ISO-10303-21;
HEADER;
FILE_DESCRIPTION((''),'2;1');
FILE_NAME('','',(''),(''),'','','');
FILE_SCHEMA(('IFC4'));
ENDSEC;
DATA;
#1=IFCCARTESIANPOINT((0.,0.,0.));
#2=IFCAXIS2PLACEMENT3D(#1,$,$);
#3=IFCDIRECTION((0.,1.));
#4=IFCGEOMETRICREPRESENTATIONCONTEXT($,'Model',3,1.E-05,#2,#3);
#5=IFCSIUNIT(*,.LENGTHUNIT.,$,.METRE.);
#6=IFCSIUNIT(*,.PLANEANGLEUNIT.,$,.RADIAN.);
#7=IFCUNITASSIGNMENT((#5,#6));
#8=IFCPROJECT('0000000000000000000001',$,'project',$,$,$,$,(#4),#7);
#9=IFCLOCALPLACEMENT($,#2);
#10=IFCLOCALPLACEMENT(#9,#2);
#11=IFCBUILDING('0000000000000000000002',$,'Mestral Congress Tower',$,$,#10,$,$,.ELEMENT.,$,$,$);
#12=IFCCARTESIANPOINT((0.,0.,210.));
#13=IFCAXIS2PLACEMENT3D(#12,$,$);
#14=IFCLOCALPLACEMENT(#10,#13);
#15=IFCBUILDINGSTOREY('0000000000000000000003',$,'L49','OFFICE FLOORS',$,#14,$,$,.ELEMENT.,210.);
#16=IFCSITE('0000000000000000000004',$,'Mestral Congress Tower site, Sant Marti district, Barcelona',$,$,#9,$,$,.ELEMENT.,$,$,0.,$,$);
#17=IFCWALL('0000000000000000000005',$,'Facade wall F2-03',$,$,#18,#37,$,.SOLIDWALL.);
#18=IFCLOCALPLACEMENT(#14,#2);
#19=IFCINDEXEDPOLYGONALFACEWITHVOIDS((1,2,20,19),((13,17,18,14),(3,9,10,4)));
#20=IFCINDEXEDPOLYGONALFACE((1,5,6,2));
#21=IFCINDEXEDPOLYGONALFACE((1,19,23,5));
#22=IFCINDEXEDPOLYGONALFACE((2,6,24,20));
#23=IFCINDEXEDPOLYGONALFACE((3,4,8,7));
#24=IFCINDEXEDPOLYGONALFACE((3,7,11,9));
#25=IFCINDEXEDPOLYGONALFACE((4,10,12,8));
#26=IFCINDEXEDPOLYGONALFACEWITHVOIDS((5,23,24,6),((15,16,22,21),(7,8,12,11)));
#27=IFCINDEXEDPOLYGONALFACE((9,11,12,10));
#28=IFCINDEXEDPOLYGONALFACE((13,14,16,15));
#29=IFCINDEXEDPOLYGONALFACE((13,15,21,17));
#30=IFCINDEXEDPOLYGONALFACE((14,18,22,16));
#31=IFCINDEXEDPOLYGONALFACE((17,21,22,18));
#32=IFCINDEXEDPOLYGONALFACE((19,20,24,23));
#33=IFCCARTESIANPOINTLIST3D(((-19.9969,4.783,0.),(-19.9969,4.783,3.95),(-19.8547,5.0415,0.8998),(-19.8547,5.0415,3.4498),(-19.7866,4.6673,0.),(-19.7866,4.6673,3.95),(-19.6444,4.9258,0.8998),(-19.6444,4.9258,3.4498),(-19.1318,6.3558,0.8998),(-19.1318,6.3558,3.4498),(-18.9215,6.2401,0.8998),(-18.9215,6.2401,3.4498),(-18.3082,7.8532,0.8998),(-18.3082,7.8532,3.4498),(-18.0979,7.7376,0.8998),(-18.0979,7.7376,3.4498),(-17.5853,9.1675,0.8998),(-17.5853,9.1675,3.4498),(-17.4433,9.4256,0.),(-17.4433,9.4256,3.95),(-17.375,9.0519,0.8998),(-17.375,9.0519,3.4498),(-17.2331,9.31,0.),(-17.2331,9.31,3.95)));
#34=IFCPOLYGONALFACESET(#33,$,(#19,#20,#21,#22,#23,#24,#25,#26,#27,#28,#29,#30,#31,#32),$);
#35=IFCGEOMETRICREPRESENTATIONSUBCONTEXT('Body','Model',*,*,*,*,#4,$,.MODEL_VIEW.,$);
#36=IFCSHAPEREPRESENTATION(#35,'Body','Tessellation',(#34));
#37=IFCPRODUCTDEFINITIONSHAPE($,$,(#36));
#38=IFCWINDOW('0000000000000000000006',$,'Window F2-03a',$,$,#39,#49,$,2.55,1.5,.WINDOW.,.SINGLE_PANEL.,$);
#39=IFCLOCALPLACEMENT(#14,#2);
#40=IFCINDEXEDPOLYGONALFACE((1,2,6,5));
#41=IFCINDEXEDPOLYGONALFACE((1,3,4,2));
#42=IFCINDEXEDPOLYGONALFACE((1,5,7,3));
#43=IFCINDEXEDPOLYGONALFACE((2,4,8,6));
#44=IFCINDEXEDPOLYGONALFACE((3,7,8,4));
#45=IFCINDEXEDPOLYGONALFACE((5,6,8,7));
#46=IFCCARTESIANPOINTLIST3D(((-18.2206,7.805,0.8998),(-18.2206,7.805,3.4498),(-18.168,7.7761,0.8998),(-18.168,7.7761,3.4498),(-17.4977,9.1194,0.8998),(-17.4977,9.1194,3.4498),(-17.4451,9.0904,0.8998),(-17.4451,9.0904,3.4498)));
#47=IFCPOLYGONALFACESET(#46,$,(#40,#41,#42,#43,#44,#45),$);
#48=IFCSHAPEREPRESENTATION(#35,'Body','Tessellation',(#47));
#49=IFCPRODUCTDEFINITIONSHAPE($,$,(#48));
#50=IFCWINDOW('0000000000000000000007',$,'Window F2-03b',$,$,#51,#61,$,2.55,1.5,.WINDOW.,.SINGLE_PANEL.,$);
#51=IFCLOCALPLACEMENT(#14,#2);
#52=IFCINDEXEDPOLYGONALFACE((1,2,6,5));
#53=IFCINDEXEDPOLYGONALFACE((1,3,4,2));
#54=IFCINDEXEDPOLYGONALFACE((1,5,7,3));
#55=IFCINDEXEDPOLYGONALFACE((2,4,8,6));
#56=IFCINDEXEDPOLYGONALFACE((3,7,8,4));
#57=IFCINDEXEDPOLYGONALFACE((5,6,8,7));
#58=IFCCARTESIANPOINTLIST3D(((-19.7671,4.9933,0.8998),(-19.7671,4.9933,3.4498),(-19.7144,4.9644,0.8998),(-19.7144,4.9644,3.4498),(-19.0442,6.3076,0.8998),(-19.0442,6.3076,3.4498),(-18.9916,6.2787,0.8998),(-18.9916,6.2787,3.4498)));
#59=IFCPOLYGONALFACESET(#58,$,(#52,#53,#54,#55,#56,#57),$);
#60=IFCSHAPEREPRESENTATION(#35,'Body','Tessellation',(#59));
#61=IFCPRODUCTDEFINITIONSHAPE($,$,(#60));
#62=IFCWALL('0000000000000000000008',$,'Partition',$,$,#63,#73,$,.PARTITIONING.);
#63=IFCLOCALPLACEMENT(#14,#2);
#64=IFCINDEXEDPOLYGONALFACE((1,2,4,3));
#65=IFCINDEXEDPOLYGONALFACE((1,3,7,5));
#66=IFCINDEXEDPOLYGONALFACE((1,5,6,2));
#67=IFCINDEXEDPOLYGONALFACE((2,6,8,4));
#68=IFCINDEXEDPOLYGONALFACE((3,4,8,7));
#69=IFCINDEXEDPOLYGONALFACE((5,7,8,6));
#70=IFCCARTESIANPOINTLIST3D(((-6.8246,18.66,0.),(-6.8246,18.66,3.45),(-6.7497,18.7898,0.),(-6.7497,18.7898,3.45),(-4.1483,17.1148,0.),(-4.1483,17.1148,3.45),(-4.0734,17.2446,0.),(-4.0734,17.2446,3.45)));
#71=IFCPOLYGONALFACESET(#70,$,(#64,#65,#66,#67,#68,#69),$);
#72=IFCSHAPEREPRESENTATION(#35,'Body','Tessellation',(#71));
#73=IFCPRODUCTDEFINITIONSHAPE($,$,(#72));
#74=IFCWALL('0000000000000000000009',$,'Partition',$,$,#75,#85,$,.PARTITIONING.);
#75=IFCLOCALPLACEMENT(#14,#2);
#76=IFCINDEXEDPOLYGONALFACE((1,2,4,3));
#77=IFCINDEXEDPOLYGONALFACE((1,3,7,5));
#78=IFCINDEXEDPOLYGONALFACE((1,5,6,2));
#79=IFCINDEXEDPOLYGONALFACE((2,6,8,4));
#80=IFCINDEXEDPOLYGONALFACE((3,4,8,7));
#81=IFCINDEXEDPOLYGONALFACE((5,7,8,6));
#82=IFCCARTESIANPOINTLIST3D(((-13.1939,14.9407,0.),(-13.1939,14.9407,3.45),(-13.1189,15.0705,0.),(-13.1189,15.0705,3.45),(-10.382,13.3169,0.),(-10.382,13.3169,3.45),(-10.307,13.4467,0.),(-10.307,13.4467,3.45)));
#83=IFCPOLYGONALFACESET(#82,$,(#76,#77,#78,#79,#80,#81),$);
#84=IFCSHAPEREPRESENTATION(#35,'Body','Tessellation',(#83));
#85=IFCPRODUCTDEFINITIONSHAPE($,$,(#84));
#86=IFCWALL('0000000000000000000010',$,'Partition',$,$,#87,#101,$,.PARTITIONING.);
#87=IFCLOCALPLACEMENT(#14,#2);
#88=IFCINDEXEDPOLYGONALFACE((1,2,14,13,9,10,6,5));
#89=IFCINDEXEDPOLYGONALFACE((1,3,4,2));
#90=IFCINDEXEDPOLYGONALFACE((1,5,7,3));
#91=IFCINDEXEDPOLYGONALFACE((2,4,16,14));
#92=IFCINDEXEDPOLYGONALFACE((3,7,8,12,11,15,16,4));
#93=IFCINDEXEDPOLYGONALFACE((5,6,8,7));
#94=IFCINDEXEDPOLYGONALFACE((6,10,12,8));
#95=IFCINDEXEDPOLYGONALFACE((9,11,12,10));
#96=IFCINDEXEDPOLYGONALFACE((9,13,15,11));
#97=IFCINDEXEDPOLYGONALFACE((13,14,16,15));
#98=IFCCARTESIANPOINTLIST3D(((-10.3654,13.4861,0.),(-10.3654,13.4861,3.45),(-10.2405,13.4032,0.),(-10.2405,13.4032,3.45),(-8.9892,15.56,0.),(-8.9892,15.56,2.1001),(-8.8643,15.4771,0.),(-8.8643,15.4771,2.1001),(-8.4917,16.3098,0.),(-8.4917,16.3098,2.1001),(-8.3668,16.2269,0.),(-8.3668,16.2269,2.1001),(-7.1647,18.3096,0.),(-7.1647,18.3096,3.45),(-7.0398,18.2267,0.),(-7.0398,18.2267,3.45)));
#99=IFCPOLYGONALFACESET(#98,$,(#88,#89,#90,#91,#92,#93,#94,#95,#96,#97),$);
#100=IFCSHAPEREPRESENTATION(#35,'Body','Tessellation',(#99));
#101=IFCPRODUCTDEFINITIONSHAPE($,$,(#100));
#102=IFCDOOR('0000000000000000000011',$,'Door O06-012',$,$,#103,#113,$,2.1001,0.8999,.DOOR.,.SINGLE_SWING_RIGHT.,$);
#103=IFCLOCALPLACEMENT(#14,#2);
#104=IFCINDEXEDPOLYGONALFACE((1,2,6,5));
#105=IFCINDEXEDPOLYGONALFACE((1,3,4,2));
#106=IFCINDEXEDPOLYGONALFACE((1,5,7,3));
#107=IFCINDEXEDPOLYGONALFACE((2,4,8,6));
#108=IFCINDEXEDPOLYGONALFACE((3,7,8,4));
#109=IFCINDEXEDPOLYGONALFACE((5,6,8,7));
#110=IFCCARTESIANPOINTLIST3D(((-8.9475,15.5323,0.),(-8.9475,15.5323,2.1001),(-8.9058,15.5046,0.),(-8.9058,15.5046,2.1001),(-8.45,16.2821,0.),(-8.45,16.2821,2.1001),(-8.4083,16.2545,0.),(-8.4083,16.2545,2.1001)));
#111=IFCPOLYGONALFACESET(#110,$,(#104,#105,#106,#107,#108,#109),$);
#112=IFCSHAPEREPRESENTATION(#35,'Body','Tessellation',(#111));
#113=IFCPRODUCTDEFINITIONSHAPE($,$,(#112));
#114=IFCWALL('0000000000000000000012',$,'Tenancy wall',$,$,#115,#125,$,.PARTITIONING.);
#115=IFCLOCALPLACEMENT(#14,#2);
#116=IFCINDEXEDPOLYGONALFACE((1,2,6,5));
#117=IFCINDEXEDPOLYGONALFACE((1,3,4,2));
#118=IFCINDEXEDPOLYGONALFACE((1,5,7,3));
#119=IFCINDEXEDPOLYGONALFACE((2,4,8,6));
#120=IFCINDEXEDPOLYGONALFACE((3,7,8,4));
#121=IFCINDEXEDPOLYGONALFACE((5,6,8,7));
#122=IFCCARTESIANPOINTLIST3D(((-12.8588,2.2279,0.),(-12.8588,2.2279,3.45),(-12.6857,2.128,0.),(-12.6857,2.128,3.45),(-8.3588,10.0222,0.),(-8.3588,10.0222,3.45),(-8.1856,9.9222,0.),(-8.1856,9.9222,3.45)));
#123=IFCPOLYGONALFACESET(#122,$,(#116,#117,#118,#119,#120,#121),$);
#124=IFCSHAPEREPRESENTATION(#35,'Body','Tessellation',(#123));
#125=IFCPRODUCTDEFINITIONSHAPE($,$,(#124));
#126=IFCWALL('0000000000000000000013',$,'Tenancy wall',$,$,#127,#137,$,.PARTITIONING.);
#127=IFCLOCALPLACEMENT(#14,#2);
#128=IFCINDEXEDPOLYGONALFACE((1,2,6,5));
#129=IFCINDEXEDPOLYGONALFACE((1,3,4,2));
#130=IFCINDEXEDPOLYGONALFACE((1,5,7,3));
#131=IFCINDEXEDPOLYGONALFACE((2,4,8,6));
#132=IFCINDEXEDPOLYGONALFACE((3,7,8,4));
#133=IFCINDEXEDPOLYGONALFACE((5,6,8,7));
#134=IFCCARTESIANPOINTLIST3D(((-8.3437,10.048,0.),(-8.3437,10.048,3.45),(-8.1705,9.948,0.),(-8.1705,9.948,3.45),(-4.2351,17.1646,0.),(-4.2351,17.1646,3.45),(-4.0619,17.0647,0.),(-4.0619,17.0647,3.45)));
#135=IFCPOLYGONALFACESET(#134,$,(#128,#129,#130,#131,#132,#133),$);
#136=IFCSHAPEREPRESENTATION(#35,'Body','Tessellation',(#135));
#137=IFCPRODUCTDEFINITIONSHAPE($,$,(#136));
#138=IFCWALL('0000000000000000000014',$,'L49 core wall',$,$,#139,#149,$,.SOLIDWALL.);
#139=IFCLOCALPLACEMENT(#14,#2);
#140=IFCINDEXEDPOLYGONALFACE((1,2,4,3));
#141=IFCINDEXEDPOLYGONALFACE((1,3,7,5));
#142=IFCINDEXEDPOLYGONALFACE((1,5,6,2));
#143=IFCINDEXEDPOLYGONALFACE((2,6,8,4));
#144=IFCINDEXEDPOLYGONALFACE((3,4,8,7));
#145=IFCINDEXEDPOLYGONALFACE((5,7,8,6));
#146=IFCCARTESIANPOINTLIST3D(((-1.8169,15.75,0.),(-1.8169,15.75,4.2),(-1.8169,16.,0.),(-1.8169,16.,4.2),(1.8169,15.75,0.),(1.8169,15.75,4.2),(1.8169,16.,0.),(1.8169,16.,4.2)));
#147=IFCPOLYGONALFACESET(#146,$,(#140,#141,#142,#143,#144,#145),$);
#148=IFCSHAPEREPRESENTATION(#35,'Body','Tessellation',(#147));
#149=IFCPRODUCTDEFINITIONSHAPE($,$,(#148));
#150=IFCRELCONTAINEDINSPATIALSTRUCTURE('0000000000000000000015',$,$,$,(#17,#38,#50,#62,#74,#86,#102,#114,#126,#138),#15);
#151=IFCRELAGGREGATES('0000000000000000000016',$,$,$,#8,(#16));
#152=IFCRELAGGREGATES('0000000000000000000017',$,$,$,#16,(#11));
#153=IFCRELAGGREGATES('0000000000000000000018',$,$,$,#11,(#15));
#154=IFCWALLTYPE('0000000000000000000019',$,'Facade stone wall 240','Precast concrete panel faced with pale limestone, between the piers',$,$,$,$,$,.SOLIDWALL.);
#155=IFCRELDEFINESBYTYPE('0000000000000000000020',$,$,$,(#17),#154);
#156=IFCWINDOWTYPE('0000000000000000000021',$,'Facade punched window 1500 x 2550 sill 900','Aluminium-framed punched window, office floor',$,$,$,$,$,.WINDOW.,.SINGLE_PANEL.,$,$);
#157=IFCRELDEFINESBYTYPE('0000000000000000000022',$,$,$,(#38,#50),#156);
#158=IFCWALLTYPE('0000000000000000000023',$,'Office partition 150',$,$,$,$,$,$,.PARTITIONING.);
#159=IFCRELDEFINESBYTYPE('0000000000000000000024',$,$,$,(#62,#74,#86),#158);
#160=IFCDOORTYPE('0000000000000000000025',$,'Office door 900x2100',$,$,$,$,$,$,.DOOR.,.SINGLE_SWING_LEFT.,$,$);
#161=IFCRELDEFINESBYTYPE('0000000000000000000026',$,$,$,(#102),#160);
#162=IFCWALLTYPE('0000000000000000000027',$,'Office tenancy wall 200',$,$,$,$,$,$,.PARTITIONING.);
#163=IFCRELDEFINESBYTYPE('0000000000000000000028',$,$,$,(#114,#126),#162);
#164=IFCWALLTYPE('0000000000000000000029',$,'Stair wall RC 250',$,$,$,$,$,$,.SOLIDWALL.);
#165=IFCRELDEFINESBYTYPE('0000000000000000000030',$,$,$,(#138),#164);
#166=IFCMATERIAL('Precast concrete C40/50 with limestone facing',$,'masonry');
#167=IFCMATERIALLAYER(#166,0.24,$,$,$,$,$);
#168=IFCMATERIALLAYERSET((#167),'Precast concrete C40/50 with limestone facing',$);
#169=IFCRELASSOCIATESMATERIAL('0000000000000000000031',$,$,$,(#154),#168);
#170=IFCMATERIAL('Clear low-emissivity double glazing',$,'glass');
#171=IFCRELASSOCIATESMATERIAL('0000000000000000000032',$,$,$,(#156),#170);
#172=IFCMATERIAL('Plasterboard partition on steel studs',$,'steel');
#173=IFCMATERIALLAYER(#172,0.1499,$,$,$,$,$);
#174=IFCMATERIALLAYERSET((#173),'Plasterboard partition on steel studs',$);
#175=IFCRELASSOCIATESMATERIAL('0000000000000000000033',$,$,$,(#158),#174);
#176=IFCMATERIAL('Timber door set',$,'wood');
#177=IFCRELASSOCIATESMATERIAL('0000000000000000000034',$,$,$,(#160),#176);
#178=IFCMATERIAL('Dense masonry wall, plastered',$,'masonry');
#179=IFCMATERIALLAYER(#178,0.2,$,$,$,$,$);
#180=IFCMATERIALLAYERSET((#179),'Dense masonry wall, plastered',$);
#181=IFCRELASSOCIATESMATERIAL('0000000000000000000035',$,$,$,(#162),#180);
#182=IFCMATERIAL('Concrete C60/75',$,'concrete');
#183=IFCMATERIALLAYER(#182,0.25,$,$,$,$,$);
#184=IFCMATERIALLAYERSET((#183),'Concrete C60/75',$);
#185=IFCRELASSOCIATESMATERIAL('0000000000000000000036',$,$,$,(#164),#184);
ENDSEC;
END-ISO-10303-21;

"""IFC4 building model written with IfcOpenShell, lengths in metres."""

from ifc_helpers import new_model, si_unit, direction, frame, frame_2d, origin, place, context, subcontext, project, spatial, rectangle, extrude, material, layer, layer_set, type_object, element, fill, save


model = new_model("IFC4")

# Units and contexts
model_context = context("Model", 3, precision=1e-05, world=origin(), true_north=direction((0.0, 1.0)))
body_context = subcontext(model_context, "Body", "Model", "MODEL_VIEW")
ifc_project = project(units=[si_unit("LENGTHUNIT", "METRE"), si_unit("PLANEANGLEUNIT", "RADIAN")], contexts=[model_context])

# Site, building, storey
site_placement = place(None, origin())
site = spatial("IfcSite", under=ifc_project, at=site_placement, Name="Mestral Congress Tower site, Sant Marti district, Barcelona", CompositionType="ELEMENT", RefElevation=0.0)
building_placement = place(site_placement, origin())
building = spatial("IfcBuilding", under=site, at=building_placement, Name="Mestral Congress Tower", CompositionType="ELEMENT")
storey_placement = place(building_placement, frame((0.0, 0.0, 210.0)))
storey = spatial("IfcBuildingStorey", under=building, at=storey_placement, Name="L49", Description="OFFICE FLOORS", CompositionType="ELEMENT", Elevation=210.0)

# Shared definitions
ifc_material_1 = material(Name="Concrete C60/75", Category="concrete")

# Wall, openings, windows
ifc_material_2 = material(Name="Precast concrete C40/50 with limestone facing", Category="masonry")
ifc_layer_1 = layer(ifc_material_2, 0.24)
ifc_layer_set_1 = layer_set([ifc_layer_1], Name="Precast concrete C40/50 with limestone facing")
wall_type_1 = type_object("IfcWallType", Name="Facade stone wall 240", Description="Precast concrete panel faced with pale limestone, between the piers", PredefinedType="SOLIDWALL", material=ifc_layer_set_1)
ifc_material_3 = material(Name="Clear low-emissivity double glazing", Category="glass")
window_type = type_object("IfcWindowType", Name="Facade punched window 1500 x 2550 sill 900", Description="Aluminium-framed punched window, office floor", PartitioningType="SINGLE_PANEL", PredefinedType="WINDOW", material=ifc_material_3)
wall_1_placement = place(storey_placement, frame((-17.3381, 9.3679, 0.0), z_axis=(0.0, 0.0, 1.0), x_axis=(-0.481926, -0.876212, 0.0)))
wall_1 = element("IfcWall", 1, at=wall_1_placement, inside=storey, type_object=wall_type_1, Name="Facade wall F2-03", PredefinedType="SOLIDWALL", context=body_context, shape_type="SweptSolid", body=[
    extrude(rectangle(XDim=5.2986, YDim=0.24, at=frame_2d((2.6494, 0.0))), origin(), (0.0, 0.0, 1.0), 3.95),
])
opening_1_placement = place(wall_1_placement, frame((0.2947, 0.0, 0.8999)))
opening_1 = element("IfcOpeningElement", 2, at=opening_1_placement, cuts=wall_1, PredefinedType="OPENING", context=body_context, shape_type="SweptSolid", body=[
    extrude(rectangle(XDim=1.5, YDim=2.55, at=frame_2d((0.75, 1.2749))), frame((0.0, 0.1299, 0.0), z_axis=(0.0, -1.0, 0.0), x_axis=(1.0, 0.0, 0.0)), (0.0, 0.0, 1.0), 0.26),
])
opening_2_placement = place(wall_1_placement, frame((3.5037, 0.0, 0.8999)))
opening_2 = element("IfcOpeningElement", 3, at=opening_2_placement, cuts=wall_1, PredefinedType="OPENING", context=body_context, shape_type="SweptSolid", body=[
    extrude(rectangle(XDim=1.5, YDim=2.55, at=frame_2d((0.75, 1.2749))), frame((0.0, 0.1299, 0.0), z_axis=(0.0, -1.0, 0.0), x_axis=(1.0, 0.0, 0.0)), (0.0, 0.0, 1.0), 0.26),
])
window_1_placement = place(opening_1_placement, origin())
window_1 = element("IfcWindow", 4, at=window_1_placement, inside=storey, type_object=window_type, Name="Window F2-03a", OverallHeight=2.55, OverallWidth=1.5, PartitioningType="SINGLE_PANEL", PredefinedType="WINDOW", context=body_context, shape_type="SweptSolid", body=[
    extrude(rectangle(XDim=1.5, YDim=2.55, at=frame_2d((0.75, 1.2749))), frame((0.0, 0.04, 0.0), z_axis=(0.0, -1.0, 0.0), x_axis=(1.0, 0.0, 0.0)), (0.0, 0.0, 1.0), 0.0601),
])
fill(opening_1, window_1)
window_2_placement = place(opening_2_placement, origin())
window_2 = element("IfcWindow", 5, at=window_2_placement, inside=storey, type_object=window_type, Name="Window F2-03b", OverallHeight=2.55, OverallWidth=1.5, PartitioningType="SINGLE_PANEL", PredefinedType="WINDOW", context=body_context, shape_type="SweptSolid", body=[
    extrude(rectangle(XDim=1.5, YDim=2.55, at=frame_2d((0.75, 1.2749))), frame((0.0, 0.04, 0.0), z_axis=(0.0, -1.0, 0.0), x_axis=(1.0, 0.0, 0.0)), (0.0, 0.0, 1.0), 0.0601),
])
fill(opening_2, window_2)

# Walls
ifc_material_4 = material(Name="Plasterboard partition on steel studs", Category="steel")
ifc_layer_2 = layer(ifc_material_4, 0.1499)
ifc_layer_set_2 = layer_set([ifc_layer_2], Name="Plasterboard partition on steel studs")
wall_type_2 = type_object("IfcWallType", Name="Office partition 150", PredefinedType="PARTITIONING", material=ifc_layer_set_2)
wall_2_placement = place(storey_placement, frame((-4.1108, 17.1797, 0.0), z_axis=(0.0, 0.0, 1.0), x_axis=(-0.866022, 0.500005, 0.0)))
element("IfcWall", 6, at=wall_2_placement, inside=storey, type_object=wall_type_2, Name="Partition", PredefinedType="PARTITIONING", context=body_context, shape_type="SweptSolid", body=[
    extrude(rectangle(XDim=3.0903, YDim=0.1499, at=frame_2d((1.5452, 0.0))), origin(), (0.0, 0.0, 1.0), 3.45),
])
wall_3_placement = place(storey_placement, frame((-10.3445, 13.3818, 0.0), z_axis=(0.0, 0.0, 1.0), x_axis=(-0.86599, 0.500061, 0.0)))
element("IfcWall", 7, at=wall_3_placement, inside=storey, type_object=wall_type_2, Name="Partition", PredefinedType="PARTITIONING", context=body_context, shape_type="SweptSolid", body=[
    extrude(rectangle(XDim=3.2471, YDim=0.1499, at=frame_2d((1.6235, 0.0))), origin(), (0.0, 0.0, 1.0), 3.45),
])

# Wall, opening, door
wall_4_placement = place(storey_placement, frame((-10.303, 13.4446, 0.0), z_axis=(0.0, 0.0, 1.0), x_axis=(0.552908, 0.833242, 0.0)))
wall_4 = element("IfcWall", 8, at=wall_4_placement, inside=storey, type_object=wall_type_2, Name="Partition", PredefinedType="PARTITIONING", context=body_context, shape_type="SweptSolid", body=[
    extrude(rectangle(XDim=5.7888, YDim=0.1499, at=frame_2d((2.8945, 0.0))), origin(), (0.0, 0.0, 1.0), 3.45),
])
opening_3_placement = place(wall_4_placement, frame((2.489, 0.0, 0.0)))
opening_3 = element("IfcOpeningElement", 9, at=opening_3_placement, cuts=wall_4, PredefinedType="OPENING", context=body_context, shape_type="SweptSolid", body=[
    extrude(rectangle(XDim=0.8999, YDim=2.1001, at=frame_2d((0.45, 1.05))), frame((0.0, 0.085, 0.0), z_axis=(0.0, -1.0, 0.0), x_axis=(1.0, 0.0, 0.0)), (0.0, 0.0, 1.0), 0.1699),
])
ifc_material_5 = material(Name="Timber door set", Category="wood")
door_type_1 = type_object("IfcDoorType", Name="Office door 900x2100", OperationType="SINGLE_SWING_LEFT", PredefinedType="DOOR", material=ifc_material_5)
door_1_placement = place(opening_3_placement, origin())
door_1 = element("IfcDoor", 10, at=door_1_placement, inside=storey, type_object=door_type_1, Name="Door O06-012", OperationType="SINGLE_SWING_RIGHT", OverallHeight=2.1001, OverallWidth=0.8999, PredefinedType="DOOR", context=body_context, shape_type="SweptSolid", body=[
    extrude(rectangle(XDim=0.8999, YDim=2.1001, at=frame_2d((0.45, 1.05))), frame((0.0, 0.0249, 0.0), z_axis=(0.0, -1.0, 0.0), x_axis=(1.0, 0.0, 0.0)), (0.0, 0.0, 1.0), 0.05),
])
fill(opening_3, door_1)

# Walls
ifc_material_6 = material(Name="Dense masonry wall, plastered", Category="masonry")
ifc_layer_3 = layer(ifc_material_6, 0.2)
ifc_layer_set_3 = layer_set([ifc_layer_3], Name="Dense masonry wall, plastered")
wall_type_3 = type_object("IfcWallType", Name="Office tenancy wall 200", PredefinedType="PARTITIONING", material=ifc_layer_set_3)
wall_5_placement = place(storey_placement, frame((-8.2722, 9.9722, 0.0), z_axis=(0.0, 0.0, 1.0), x_axis=(-0.500002, -0.866024, 0.0)))
element("IfcWall", 11, at=wall_5_placement, inside=storey, type_object=wall_type_3, Name="Tenancy wall", PredefinedType="PARTITIONING", context=body_context, shape_type="SweptSolid", body=[
    extrude(rectangle(XDim=9.0, YDim=0.2, at=frame_2d((4.5, 0.0))), origin(), (0.0, 0.0, 1.0), 3.45),
])
wall_6_placement = place(storey_placement, frame((-4.1484, 17.1147, 0.0), z_axis=(0.0, 0.0, 1.0), x_axis=(-0.499983, -0.866035, 0.0)))
element("IfcWall", 12, at=wall_6_placement, inside=storey, type_object=wall_type_3, Name="Tenancy wall", PredefinedType="PARTITIONING", context=body_context, shape_type="SweptSolid", body=[
    extrude(rectangle(XDim=8.2175, YDim=0.2, at=frame_2d((4.1089, 0.0))), origin(), (0.0, 0.0, 1.0), 3.45),
])
ifc_layer_4 = layer(ifc_material_1, 0.25)
ifc_layer_set_4 = layer_set([ifc_layer_4], Name="Concrete C60/75")
wall_type_4 = type_object("IfcWallType", Name="Stair wall RC 250", PredefinedType="SOLIDWALL", material=ifc_layer_set_4)
wall_7_placement = place(storey_placement, frame((-1.8169, 15.875, 0.0), z_axis=(0.0, 0.0, 1.0), x_axis=(1.0, 0.0, 0.0)))
element("IfcWall", 13, at=wall_7_placement, inside=storey, type_object=wall_type_4, Name="L49 core wall", PredefinedType="SOLIDWALL", context=body_context, shape_type="SweptSolid", body=[
    extrude(rectangle(XDim=3.6338, YDim=0.25, at=frame_2d((1.8169, 0.0))), origin(), (0.0, 0.0, 1.0), 4.2),
])

save(model, "model.ifc")
